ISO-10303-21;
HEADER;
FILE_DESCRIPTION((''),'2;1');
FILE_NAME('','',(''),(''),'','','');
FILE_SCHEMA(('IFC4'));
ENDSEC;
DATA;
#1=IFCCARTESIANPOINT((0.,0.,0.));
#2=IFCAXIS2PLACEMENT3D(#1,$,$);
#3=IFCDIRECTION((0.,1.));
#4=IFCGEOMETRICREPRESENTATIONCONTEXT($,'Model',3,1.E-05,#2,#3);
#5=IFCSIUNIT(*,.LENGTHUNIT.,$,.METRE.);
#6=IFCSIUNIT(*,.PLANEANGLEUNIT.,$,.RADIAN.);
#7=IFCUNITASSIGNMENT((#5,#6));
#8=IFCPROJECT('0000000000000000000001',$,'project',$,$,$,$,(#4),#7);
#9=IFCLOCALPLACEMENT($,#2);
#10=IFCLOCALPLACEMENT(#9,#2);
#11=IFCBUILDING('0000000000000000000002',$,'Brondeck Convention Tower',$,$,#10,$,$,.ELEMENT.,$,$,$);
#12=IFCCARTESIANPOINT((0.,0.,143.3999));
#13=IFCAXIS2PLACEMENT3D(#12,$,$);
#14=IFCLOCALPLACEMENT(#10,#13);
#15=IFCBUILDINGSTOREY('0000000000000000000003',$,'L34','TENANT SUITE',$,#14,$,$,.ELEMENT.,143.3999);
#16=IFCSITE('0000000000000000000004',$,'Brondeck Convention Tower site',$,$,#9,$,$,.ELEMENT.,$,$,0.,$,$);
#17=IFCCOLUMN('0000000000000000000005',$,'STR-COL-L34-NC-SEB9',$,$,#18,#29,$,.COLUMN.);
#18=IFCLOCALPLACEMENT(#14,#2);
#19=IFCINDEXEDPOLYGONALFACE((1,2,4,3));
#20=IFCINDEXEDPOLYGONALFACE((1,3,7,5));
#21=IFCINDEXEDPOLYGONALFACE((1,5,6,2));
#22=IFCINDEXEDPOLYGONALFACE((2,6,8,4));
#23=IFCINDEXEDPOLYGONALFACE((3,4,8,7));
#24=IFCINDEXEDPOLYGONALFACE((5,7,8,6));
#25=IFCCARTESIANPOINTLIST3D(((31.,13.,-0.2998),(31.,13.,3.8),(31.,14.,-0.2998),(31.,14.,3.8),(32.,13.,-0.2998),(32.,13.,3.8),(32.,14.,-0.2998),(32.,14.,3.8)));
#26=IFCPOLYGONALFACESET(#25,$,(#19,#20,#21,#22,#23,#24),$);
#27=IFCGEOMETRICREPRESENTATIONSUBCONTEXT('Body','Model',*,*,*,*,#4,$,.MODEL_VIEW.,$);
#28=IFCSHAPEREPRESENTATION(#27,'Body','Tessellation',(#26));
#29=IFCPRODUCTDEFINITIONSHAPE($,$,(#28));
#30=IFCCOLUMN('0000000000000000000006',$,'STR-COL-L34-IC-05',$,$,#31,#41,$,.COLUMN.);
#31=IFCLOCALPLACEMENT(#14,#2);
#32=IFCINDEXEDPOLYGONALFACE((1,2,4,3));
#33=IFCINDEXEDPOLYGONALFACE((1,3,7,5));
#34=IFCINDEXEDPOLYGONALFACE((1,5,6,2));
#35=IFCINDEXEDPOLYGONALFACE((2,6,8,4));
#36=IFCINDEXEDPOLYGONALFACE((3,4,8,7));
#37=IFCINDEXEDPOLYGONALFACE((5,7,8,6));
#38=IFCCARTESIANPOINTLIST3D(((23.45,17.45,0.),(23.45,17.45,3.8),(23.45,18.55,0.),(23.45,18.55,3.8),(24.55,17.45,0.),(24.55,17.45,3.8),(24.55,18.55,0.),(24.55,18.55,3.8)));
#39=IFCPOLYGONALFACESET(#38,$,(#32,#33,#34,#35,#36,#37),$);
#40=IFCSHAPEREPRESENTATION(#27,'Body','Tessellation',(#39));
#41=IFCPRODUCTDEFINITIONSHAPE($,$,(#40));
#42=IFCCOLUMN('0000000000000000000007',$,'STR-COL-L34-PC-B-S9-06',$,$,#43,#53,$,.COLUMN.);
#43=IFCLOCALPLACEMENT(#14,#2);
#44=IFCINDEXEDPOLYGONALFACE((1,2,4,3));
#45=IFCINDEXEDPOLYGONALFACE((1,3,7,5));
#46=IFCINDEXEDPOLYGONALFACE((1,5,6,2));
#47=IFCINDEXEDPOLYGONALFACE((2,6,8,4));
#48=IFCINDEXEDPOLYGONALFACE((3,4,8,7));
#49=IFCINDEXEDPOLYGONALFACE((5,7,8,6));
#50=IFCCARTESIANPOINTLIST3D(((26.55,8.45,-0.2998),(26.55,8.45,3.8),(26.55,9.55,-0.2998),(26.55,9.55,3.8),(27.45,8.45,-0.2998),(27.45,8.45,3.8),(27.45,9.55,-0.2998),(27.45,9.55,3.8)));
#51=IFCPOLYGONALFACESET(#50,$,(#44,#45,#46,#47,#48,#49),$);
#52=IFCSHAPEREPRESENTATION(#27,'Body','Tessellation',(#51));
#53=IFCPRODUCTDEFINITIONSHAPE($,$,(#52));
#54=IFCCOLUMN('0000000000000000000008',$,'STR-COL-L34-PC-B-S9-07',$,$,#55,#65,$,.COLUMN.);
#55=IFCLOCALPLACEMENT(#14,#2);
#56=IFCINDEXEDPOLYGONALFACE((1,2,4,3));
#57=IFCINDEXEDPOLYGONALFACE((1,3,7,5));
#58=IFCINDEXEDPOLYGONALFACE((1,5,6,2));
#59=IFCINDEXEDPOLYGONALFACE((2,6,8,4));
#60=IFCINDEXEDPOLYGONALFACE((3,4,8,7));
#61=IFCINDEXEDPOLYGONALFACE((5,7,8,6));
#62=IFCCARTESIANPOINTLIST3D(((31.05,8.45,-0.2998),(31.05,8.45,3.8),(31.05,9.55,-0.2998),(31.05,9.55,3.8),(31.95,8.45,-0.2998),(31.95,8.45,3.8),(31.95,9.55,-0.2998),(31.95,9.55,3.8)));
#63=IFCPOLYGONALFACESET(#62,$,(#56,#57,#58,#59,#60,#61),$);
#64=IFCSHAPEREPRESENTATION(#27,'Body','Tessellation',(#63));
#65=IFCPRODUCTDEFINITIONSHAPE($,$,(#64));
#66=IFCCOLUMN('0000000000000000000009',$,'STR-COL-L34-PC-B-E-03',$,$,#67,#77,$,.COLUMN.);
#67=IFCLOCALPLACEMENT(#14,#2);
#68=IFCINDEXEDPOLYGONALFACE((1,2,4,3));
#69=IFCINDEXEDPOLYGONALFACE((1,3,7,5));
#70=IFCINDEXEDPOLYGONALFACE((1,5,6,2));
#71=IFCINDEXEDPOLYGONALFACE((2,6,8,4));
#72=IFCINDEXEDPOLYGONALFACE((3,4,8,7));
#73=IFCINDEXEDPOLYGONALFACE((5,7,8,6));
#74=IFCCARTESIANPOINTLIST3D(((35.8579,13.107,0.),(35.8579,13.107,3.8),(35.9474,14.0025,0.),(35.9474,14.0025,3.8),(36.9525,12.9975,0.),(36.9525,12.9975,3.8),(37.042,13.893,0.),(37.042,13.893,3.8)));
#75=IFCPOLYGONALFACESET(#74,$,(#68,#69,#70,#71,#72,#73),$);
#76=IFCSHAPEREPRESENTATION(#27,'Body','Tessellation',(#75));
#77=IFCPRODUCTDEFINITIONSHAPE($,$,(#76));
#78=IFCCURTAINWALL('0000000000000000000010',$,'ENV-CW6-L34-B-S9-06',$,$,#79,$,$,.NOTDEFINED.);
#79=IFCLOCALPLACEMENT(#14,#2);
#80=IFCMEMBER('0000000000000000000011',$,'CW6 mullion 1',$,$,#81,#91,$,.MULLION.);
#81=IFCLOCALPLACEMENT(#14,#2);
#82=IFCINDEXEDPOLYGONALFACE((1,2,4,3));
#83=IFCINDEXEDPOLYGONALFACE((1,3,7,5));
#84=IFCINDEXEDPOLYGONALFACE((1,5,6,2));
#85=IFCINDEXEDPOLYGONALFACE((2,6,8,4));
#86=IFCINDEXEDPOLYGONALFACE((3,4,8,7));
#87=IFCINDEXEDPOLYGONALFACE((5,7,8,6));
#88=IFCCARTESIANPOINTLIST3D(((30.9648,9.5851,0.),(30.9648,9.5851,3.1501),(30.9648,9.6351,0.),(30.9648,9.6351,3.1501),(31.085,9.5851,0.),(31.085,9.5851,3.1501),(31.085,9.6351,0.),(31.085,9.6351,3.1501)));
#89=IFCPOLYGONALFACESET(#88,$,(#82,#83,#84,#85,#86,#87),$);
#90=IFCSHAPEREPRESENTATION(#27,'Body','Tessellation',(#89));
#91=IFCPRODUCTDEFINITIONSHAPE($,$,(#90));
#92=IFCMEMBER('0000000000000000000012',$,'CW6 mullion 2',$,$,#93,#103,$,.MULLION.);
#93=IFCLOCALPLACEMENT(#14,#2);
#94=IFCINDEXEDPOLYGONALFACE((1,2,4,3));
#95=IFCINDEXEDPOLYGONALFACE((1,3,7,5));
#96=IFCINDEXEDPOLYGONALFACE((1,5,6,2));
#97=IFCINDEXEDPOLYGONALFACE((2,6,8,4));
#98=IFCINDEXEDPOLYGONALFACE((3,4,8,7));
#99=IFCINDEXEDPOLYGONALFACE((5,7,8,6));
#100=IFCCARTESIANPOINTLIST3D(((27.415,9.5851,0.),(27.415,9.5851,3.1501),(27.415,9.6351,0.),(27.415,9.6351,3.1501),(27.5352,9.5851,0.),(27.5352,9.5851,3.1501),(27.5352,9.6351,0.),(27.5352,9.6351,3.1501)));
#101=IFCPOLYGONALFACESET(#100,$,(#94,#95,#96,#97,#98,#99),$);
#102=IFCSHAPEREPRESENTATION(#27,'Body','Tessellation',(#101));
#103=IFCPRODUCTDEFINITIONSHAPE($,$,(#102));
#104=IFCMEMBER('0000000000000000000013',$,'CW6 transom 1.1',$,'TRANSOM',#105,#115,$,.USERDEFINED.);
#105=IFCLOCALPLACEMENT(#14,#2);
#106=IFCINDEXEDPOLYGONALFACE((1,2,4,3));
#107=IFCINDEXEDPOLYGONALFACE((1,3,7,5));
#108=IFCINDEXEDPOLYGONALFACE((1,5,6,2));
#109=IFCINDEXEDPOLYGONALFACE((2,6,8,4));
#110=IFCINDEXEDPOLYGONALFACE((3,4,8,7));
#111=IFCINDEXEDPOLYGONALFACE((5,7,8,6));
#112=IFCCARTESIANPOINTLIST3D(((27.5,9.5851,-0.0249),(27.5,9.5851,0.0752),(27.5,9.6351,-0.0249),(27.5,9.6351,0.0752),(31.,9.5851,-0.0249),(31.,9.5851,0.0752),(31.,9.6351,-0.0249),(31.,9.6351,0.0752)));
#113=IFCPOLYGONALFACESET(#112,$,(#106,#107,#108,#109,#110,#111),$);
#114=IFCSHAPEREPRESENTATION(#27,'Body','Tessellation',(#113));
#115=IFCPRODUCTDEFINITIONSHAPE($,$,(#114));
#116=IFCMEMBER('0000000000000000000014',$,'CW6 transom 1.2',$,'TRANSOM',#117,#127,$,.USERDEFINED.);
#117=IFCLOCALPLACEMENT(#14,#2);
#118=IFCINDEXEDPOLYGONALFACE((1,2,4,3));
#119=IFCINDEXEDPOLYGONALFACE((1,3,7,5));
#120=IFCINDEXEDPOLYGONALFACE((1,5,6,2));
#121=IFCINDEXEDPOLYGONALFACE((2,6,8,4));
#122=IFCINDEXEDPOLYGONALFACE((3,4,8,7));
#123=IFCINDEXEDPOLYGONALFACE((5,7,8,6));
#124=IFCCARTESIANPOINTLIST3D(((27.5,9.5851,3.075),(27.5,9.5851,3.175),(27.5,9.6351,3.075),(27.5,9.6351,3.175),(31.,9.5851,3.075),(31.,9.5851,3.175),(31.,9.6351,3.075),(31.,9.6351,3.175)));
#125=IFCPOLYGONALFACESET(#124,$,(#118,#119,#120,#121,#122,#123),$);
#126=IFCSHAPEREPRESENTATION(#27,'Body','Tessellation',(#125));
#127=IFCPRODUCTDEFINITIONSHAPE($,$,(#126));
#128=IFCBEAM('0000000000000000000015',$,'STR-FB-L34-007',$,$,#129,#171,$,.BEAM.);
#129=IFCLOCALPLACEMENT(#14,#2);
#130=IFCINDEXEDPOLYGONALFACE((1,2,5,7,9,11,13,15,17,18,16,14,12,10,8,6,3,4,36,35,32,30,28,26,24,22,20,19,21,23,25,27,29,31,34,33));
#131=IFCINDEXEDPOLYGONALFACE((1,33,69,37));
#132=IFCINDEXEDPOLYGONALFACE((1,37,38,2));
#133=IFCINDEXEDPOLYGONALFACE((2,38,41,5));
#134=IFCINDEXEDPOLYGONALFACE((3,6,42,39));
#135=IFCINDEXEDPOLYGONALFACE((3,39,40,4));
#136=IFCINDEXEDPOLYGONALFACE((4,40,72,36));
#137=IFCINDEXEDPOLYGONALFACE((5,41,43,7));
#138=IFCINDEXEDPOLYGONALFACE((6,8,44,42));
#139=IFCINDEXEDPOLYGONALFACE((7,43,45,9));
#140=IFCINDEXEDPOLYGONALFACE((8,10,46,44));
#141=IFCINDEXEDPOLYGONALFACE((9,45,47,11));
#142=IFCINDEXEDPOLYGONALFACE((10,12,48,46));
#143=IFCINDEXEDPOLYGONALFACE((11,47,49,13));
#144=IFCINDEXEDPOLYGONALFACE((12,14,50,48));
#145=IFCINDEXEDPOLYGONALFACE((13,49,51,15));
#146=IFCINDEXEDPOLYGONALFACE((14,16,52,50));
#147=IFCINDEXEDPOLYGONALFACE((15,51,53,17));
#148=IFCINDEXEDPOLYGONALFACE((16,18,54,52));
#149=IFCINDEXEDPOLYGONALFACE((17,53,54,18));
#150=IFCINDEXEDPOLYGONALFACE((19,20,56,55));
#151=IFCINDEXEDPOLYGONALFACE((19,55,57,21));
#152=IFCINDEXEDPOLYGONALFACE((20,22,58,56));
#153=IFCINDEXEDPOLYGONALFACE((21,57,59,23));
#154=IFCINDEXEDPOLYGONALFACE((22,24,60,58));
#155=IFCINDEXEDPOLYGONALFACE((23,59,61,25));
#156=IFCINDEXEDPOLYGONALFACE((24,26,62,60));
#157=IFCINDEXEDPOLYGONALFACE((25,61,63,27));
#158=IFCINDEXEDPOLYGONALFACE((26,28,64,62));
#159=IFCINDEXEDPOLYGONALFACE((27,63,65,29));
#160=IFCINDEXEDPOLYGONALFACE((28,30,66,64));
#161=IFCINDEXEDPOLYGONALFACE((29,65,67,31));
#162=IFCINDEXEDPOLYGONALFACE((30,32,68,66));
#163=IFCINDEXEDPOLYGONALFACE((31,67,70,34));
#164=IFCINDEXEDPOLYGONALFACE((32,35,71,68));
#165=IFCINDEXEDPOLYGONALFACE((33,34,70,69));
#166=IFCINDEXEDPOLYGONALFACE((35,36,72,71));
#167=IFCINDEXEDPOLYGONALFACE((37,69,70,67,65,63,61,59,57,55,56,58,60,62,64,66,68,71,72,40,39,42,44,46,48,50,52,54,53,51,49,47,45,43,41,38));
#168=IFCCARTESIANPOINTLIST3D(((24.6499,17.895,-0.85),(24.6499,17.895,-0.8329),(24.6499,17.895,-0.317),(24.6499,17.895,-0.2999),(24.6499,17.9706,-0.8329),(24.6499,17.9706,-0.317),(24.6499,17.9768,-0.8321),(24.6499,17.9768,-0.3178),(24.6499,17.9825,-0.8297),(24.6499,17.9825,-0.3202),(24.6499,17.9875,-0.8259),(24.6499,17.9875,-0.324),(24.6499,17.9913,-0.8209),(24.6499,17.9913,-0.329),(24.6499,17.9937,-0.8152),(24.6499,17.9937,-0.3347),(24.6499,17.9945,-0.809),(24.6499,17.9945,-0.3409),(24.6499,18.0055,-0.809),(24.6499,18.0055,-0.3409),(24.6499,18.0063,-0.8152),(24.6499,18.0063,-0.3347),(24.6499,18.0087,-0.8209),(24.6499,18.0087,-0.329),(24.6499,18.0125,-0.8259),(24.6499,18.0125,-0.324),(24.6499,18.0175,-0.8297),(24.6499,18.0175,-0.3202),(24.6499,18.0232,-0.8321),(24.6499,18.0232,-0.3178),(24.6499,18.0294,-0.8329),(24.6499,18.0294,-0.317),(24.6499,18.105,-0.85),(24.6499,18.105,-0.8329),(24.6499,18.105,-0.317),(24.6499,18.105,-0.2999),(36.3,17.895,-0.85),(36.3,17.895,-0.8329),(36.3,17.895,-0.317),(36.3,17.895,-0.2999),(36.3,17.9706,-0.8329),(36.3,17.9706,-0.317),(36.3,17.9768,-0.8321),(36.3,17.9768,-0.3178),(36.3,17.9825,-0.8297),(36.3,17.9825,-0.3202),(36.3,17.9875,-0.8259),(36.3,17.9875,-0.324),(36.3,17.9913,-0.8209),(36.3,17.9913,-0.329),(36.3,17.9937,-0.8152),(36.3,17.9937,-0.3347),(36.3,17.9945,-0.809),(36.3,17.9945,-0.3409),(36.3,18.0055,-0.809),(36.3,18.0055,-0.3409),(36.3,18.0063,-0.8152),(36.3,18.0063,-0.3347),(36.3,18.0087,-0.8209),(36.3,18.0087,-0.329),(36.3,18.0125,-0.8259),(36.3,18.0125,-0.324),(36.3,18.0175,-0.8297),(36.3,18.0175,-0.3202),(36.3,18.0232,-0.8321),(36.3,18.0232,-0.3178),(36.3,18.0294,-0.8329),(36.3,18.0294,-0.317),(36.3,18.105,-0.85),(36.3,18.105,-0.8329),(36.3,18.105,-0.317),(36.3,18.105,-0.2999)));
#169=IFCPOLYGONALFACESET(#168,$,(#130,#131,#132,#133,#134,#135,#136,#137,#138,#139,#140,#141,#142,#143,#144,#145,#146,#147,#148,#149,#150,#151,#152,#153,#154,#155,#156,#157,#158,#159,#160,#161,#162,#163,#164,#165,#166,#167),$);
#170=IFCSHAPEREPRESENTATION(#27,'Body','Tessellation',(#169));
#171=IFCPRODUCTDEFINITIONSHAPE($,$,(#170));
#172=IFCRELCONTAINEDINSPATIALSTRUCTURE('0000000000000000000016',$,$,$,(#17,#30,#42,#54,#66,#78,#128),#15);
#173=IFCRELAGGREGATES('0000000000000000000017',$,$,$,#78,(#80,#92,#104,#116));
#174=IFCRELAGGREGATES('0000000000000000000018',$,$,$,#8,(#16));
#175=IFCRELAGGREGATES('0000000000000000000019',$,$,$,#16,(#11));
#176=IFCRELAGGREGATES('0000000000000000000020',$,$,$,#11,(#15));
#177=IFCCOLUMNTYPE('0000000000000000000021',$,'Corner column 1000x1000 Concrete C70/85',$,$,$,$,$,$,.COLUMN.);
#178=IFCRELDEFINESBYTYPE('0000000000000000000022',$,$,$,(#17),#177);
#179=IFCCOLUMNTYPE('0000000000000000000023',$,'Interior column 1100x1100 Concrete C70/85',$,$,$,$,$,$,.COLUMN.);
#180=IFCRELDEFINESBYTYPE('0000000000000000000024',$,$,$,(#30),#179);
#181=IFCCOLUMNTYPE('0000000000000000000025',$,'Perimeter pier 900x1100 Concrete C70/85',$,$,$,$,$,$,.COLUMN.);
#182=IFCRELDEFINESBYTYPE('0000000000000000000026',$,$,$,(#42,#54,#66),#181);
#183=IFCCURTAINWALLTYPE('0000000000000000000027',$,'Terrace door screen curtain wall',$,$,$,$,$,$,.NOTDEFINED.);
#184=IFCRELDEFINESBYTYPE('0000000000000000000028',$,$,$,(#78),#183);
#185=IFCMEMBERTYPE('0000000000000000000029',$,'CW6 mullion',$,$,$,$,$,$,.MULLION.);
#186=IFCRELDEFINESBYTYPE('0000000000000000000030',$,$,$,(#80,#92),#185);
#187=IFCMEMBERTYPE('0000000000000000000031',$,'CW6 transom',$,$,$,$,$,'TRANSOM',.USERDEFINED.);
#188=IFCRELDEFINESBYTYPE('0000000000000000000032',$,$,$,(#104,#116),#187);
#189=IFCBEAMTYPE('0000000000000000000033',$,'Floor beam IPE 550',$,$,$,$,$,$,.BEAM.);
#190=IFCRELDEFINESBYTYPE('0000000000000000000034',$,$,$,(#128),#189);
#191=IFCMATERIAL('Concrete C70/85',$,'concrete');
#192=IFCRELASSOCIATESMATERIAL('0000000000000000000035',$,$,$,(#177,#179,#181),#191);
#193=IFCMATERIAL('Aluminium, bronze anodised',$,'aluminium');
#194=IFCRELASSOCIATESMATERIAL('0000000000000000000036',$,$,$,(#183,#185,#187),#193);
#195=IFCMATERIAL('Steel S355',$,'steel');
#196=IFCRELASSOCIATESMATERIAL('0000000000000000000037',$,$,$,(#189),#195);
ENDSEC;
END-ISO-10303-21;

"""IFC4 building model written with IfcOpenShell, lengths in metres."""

from ifc_helpers import new_model, si_unit, direction, frame, origin, origin_2d, place, context, subcontext, project, spatial, rectangle, i_section, extrude, material, material_profile, profile_set, type_object, element, aggregate, save


model = new_model("IFC4")

# Units and contexts
model_context = context("Model", 3, precision=1e-05, world=origin(), true_north=direction((0.0, 1.0)))
body_context = subcontext(model_context, "Body", "Model", "MODEL_VIEW")
ifc_project = project(units=[si_unit("LENGTHUNIT", "METRE"), si_unit("PLANEANGLEUNIT", "RADIAN")], contexts=[model_context])

# Site, building, storey
site_placement = place(None, origin())
site = spatial("IfcSite", under=ifc_project, at=site_placement, Name="Brondeck Convention Tower site", CompositionType="ELEMENT", RefElevation=0.0)
building_placement = place(site_placement, origin())
building = spatial("IfcBuilding", under=site, at=building_placement, Name="Brondeck Convention Tower", CompositionType="ELEMENT")
storey_placement = place(building_placement, frame((0.0, 0.0, 143.3999)))
storey = spatial("IfcBuildingStorey", under=building, at=storey_placement, Name="L34", Description="TENANT SUITE", CompositionType="ELEMENT", Elevation=143.3999)

# Columns
ifc_material_1 = material(Name="Concrete C70/85", Category="concrete")
ifc_material_profile_1 = material_profile(ifc_material_1, rectangle(XDim=1.0, YDim=1.0, at=origin_2d()), Name="Corner column 1000x1000 Concrete C70/85")
ifc_profile_set_1 = profile_set([ifc_material_profile_1], Name="Concrete C70/85")
column_type_1 = type_object("IfcColumnType", Name="Corner column 1000x1000 Concrete C70/85", PredefinedType="COLUMN", material=ifc_profile_set_1)
column_1_placement = place(storey_placement, frame((31.5, 13.5, -0.2998), z_axis=(0.0, 0.0, 1.0), x_axis=(1.0, 0.0, 0.0)))
element("IfcColumn", 1, at=column_1_placement, inside=storey, type_object=column_type_1, Name="STR-COL-L34-NC-SEB9", PredefinedType="COLUMN", context=body_context, shape_type="SweptSolid", body=[
    extrude(rectangle(XDim=1.0, YDim=1.0, at=origin_2d()), origin(), (0.0, 0.0, 1.0), 4.0999),
])
ifc_material_profile_2 = material_profile(ifc_material_1, rectangle(XDim=1.1001, YDim=1.1001, at=origin_2d()), Name="Interior column 1100x1100 Concrete C70/85")
ifc_profile_set_2 = profile_set([ifc_material_profile_2], Name="Concrete C70/85")
column_type_2 = type_object("IfcColumnType", Name="Interior column 1100x1100 Concrete C70/85", PredefinedType="COLUMN", material=ifc_profile_set_2)
column_2_placement = place(storey_placement, frame((24.0, 18.0, 0.0), z_axis=(0.0, 0.0, 1.0), x_axis=(1.0, 0.0, 0.0)))
element("IfcColumn", 2, at=column_2_placement, inside=storey, type_object=column_type_2, Name="STR-COL-L34-IC-05", PredefinedType="COLUMN", context=body_context, shape_type="SweptSolid", body=[
    extrude(rectangle(XDim=1.1001, YDim=1.1001, at=origin_2d()), origin(), (0.0, 0.0, 1.0), 3.8),
])
ifc_material_profile_3 = material_profile(ifc_material_1, rectangle(XDim=0.8999, YDim=1.1001, at=origin_2d()), Name="Perimeter pier 900x1100 Concrete C70/85")
ifc_profile_set_3 = profile_set([ifc_material_profile_3], Name="Concrete C70/85")
column_type_3 = type_object("IfcColumnType", Name="Perimeter pier 900x1100 Concrete C70/85", PredefinedType="COLUMN", material=ifc_profile_set_3)
for number, where, z_axis, x_axis, name in (
    (3, (27.0, 9.0, -0.2998), (0.0, 0.0, 1.0), (1.0, 0.0, 0.0), "STR-COL-L34-PC-B-S9-06"),
    (4, (31.5, 9.0, -0.2998), (0.0, 0.0, 1.0), (1.0, 0.0, 0.0), "STR-COL-L34-PC-B-S9-07"),
):
    element("IfcColumn", number, at=place(storey_placement, frame(where, z_axis=z_axis, x_axis=x_axis)), inside=storey, type_object=column_type_3, Name=name, PredefinedType="COLUMN", context=body_context, shape_type="SweptSolid", body=[
        extrude(rectangle(XDim=0.8999, YDim=1.1001, at=origin_2d()), origin(), (0.0, 0.0, 1.0), 4.0999),
    ])
column_3_placement = place(storey_placement, frame((36.45, 13.5, 0.0), z_axis=(0.0, 0.0, 1.0), x_axis=(0.099504, 0.995037, 0.0)))
element("IfcColumn", 5, at=column_3_placement, inside=storey, type_object=column_type_3, Name="STR-COL-L34-PC-B-E-03", PredefinedType="COLUMN", context=body_context, shape_type="SweptSolid", body=[
    extrude(rectangle(XDim=0.8999, YDim=1.1001, at=origin_2d()), origin(), (0.0, 0.0, 1.0), 3.8),
])

# Curtain wall, members
ifc_material_2 = material(Name="Aluminium, bronze anodised", Category="aluminium")
curtain_wall_type = type_object("IfcCurtainWallType", Name="Terrace door screen curtain wall", PredefinedType="NOTDEFINED", material=ifc_material_2)
curtain_wall_placement = place(storey_placement, origin())
curtain_wall = element("IfcCurtainWall", 6, at=curtain_wall_placement, inside=storey, type_object=curtain_wall_type, Name="ENV-CW6-L34-B-S9-06", PredefinedType="NOTDEFINED")
ifc_material_profile_4 = material_profile(ifc_material_2, rectangle(XDim=0.05, YDim=0.1201, at=origin_2d()), Name="CW6 mullion")
ifc_profile_set_4 = profile_set([ifc_material_profile_4], Name="Aluminium, bronze anodised")
member_type_1 = type_object("IfcMemberType", Name="CW6 mullion", PredefinedType="MULLION", material=ifc_profile_set_4)
member_1_placement = place(storey_placement, frame((31.0249, 9.6101, 0.0), z_axis=(0.0, 0.0, 1.0), x_axis=(0.0, -1.0, 0.0)))
member_1 = element("IfcMember", 7, at=member_1_placement, type_object=member_type_1, Name="CW6 mullion 1", PredefinedType="MULLION", context=body_context, shape_type="SweptSolid", body=[
    extrude(rectangle(XDim=0.05, YDim=0.1201, at=origin_2d()), origin(), (0.0, 0.0, 1.0), 3.1501),
])
member_2_placement = place(storey_placement, frame((27.4751, 9.6101, 0.0), z_axis=(0.0, 0.0, 1.0), x_axis=(0.0, -1.0, 0.0)))
member_2 = element("IfcMember", 8, at=member_2_placement, type_object=member_type_1, Name="CW6 mullion 2", PredefinedType="MULLION", context=body_context, shape_type="SweptSolid", body=[
    extrude(rectangle(XDim=0.05, YDim=0.1201, at=origin_2d()), origin(), (0.0, 0.0, 1.0), 3.1501),
])
ifc_material_profile_5 = material_profile(ifc_material_2, rectangle(XDim=0.05, YDim=0.1001, at=origin_2d()), Name="CW6 transom")
ifc_profile_set_5 = profile_set([ifc_material_profile_5], Name="Aluminium, bronze anodised")
member_type_2 = type_object("IfcMemberType", Name="CW6 transom", ElementType="TRANSOM", PredefinedType="USERDEFINED", material=ifc_profile_set_5)
member_3_placement = place(storey_placement, frame((31.0, 9.6101, 0.0251), z_axis=(-1.0, 0.0, 0.0), x_axis=(0.0, -1.0, 0.0)))
member_3 = element("IfcMember", 9, at=member_3_placement, type_object=member_type_2, Name="CW6 transom 1.1", ObjectType="TRANSOM", PredefinedType="USERDEFINED", context=body_context, shape_type="SweptSolid", body=[
    extrude(rectangle(XDim=0.05, YDim=0.1001, at=origin_2d()), origin(), (0.0, 0.0, 1.0), 3.5),
])
member_4_placement = place(storey_placement, frame((31.0, 9.6101, 3.125), z_axis=(-1.0, 0.0, 0.0), x_axis=(0.0, -1.0, 0.0)))
member_4 = element("IfcMember", 10, at=member_4_placement, type_object=member_type_2, Name="CW6 transom 1.2", ObjectType="TRANSOM", PredefinedType="USERDEFINED", context=body_context, shape_type="SweptSolid", body=[
    extrude(rectangle(XDim=0.05, YDim=0.1001, at=origin_2d()), origin(), (0.0, 0.0, 1.0), 3.5),
])

# Beam
ifc_material_3 = material(Name="Steel S355", Category="steel")
ifc_material_profile_6 = material_profile(ifc_material_3, i_section(OverallWidth=0.21, OverallDepth=0.55, WebThickness=0.011, FlangeThickness=0.0171, FilletRadius=0.0239, at=origin_2d()), Name="IPE 550")
ifc_profile_set_6 = profile_set([ifc_material_profile_6], Name="Steel S355")
beam_type_1 = type_object("IfcBeamType", Name="Floor beam IPE 550", PredefinedType="BEAM", material=ifc_profile_set_6)
beam_1_placement = place(storey_placement, frame((24.6499, 18.0, -0.575), z_axis=(1.0, 0.0, 0.0), x_axis=(0.0, 1.0, 0.0)))
element("IfcBeam", 11, at=beam_1_placement, inside=storey, type_object=beam_type_1, Name="STR-FB-L34-007", PredefinedType="BEAM", context=body_context, shape_type="SweptSolid", body=[
    extrude(i_section(OverallWidth=0.21, OverallDepth=0.55, WebThickness=0.011, FlangeThickness=0.0171, FilletRadius=0.0239, at=origin_2d()), origin(), (0.0, 0.0, 1.0), 11.6501),
])

aggregate(curtain_wall, [member_1, member_2, member_3, member_4])

save(model, "model.ifc")
